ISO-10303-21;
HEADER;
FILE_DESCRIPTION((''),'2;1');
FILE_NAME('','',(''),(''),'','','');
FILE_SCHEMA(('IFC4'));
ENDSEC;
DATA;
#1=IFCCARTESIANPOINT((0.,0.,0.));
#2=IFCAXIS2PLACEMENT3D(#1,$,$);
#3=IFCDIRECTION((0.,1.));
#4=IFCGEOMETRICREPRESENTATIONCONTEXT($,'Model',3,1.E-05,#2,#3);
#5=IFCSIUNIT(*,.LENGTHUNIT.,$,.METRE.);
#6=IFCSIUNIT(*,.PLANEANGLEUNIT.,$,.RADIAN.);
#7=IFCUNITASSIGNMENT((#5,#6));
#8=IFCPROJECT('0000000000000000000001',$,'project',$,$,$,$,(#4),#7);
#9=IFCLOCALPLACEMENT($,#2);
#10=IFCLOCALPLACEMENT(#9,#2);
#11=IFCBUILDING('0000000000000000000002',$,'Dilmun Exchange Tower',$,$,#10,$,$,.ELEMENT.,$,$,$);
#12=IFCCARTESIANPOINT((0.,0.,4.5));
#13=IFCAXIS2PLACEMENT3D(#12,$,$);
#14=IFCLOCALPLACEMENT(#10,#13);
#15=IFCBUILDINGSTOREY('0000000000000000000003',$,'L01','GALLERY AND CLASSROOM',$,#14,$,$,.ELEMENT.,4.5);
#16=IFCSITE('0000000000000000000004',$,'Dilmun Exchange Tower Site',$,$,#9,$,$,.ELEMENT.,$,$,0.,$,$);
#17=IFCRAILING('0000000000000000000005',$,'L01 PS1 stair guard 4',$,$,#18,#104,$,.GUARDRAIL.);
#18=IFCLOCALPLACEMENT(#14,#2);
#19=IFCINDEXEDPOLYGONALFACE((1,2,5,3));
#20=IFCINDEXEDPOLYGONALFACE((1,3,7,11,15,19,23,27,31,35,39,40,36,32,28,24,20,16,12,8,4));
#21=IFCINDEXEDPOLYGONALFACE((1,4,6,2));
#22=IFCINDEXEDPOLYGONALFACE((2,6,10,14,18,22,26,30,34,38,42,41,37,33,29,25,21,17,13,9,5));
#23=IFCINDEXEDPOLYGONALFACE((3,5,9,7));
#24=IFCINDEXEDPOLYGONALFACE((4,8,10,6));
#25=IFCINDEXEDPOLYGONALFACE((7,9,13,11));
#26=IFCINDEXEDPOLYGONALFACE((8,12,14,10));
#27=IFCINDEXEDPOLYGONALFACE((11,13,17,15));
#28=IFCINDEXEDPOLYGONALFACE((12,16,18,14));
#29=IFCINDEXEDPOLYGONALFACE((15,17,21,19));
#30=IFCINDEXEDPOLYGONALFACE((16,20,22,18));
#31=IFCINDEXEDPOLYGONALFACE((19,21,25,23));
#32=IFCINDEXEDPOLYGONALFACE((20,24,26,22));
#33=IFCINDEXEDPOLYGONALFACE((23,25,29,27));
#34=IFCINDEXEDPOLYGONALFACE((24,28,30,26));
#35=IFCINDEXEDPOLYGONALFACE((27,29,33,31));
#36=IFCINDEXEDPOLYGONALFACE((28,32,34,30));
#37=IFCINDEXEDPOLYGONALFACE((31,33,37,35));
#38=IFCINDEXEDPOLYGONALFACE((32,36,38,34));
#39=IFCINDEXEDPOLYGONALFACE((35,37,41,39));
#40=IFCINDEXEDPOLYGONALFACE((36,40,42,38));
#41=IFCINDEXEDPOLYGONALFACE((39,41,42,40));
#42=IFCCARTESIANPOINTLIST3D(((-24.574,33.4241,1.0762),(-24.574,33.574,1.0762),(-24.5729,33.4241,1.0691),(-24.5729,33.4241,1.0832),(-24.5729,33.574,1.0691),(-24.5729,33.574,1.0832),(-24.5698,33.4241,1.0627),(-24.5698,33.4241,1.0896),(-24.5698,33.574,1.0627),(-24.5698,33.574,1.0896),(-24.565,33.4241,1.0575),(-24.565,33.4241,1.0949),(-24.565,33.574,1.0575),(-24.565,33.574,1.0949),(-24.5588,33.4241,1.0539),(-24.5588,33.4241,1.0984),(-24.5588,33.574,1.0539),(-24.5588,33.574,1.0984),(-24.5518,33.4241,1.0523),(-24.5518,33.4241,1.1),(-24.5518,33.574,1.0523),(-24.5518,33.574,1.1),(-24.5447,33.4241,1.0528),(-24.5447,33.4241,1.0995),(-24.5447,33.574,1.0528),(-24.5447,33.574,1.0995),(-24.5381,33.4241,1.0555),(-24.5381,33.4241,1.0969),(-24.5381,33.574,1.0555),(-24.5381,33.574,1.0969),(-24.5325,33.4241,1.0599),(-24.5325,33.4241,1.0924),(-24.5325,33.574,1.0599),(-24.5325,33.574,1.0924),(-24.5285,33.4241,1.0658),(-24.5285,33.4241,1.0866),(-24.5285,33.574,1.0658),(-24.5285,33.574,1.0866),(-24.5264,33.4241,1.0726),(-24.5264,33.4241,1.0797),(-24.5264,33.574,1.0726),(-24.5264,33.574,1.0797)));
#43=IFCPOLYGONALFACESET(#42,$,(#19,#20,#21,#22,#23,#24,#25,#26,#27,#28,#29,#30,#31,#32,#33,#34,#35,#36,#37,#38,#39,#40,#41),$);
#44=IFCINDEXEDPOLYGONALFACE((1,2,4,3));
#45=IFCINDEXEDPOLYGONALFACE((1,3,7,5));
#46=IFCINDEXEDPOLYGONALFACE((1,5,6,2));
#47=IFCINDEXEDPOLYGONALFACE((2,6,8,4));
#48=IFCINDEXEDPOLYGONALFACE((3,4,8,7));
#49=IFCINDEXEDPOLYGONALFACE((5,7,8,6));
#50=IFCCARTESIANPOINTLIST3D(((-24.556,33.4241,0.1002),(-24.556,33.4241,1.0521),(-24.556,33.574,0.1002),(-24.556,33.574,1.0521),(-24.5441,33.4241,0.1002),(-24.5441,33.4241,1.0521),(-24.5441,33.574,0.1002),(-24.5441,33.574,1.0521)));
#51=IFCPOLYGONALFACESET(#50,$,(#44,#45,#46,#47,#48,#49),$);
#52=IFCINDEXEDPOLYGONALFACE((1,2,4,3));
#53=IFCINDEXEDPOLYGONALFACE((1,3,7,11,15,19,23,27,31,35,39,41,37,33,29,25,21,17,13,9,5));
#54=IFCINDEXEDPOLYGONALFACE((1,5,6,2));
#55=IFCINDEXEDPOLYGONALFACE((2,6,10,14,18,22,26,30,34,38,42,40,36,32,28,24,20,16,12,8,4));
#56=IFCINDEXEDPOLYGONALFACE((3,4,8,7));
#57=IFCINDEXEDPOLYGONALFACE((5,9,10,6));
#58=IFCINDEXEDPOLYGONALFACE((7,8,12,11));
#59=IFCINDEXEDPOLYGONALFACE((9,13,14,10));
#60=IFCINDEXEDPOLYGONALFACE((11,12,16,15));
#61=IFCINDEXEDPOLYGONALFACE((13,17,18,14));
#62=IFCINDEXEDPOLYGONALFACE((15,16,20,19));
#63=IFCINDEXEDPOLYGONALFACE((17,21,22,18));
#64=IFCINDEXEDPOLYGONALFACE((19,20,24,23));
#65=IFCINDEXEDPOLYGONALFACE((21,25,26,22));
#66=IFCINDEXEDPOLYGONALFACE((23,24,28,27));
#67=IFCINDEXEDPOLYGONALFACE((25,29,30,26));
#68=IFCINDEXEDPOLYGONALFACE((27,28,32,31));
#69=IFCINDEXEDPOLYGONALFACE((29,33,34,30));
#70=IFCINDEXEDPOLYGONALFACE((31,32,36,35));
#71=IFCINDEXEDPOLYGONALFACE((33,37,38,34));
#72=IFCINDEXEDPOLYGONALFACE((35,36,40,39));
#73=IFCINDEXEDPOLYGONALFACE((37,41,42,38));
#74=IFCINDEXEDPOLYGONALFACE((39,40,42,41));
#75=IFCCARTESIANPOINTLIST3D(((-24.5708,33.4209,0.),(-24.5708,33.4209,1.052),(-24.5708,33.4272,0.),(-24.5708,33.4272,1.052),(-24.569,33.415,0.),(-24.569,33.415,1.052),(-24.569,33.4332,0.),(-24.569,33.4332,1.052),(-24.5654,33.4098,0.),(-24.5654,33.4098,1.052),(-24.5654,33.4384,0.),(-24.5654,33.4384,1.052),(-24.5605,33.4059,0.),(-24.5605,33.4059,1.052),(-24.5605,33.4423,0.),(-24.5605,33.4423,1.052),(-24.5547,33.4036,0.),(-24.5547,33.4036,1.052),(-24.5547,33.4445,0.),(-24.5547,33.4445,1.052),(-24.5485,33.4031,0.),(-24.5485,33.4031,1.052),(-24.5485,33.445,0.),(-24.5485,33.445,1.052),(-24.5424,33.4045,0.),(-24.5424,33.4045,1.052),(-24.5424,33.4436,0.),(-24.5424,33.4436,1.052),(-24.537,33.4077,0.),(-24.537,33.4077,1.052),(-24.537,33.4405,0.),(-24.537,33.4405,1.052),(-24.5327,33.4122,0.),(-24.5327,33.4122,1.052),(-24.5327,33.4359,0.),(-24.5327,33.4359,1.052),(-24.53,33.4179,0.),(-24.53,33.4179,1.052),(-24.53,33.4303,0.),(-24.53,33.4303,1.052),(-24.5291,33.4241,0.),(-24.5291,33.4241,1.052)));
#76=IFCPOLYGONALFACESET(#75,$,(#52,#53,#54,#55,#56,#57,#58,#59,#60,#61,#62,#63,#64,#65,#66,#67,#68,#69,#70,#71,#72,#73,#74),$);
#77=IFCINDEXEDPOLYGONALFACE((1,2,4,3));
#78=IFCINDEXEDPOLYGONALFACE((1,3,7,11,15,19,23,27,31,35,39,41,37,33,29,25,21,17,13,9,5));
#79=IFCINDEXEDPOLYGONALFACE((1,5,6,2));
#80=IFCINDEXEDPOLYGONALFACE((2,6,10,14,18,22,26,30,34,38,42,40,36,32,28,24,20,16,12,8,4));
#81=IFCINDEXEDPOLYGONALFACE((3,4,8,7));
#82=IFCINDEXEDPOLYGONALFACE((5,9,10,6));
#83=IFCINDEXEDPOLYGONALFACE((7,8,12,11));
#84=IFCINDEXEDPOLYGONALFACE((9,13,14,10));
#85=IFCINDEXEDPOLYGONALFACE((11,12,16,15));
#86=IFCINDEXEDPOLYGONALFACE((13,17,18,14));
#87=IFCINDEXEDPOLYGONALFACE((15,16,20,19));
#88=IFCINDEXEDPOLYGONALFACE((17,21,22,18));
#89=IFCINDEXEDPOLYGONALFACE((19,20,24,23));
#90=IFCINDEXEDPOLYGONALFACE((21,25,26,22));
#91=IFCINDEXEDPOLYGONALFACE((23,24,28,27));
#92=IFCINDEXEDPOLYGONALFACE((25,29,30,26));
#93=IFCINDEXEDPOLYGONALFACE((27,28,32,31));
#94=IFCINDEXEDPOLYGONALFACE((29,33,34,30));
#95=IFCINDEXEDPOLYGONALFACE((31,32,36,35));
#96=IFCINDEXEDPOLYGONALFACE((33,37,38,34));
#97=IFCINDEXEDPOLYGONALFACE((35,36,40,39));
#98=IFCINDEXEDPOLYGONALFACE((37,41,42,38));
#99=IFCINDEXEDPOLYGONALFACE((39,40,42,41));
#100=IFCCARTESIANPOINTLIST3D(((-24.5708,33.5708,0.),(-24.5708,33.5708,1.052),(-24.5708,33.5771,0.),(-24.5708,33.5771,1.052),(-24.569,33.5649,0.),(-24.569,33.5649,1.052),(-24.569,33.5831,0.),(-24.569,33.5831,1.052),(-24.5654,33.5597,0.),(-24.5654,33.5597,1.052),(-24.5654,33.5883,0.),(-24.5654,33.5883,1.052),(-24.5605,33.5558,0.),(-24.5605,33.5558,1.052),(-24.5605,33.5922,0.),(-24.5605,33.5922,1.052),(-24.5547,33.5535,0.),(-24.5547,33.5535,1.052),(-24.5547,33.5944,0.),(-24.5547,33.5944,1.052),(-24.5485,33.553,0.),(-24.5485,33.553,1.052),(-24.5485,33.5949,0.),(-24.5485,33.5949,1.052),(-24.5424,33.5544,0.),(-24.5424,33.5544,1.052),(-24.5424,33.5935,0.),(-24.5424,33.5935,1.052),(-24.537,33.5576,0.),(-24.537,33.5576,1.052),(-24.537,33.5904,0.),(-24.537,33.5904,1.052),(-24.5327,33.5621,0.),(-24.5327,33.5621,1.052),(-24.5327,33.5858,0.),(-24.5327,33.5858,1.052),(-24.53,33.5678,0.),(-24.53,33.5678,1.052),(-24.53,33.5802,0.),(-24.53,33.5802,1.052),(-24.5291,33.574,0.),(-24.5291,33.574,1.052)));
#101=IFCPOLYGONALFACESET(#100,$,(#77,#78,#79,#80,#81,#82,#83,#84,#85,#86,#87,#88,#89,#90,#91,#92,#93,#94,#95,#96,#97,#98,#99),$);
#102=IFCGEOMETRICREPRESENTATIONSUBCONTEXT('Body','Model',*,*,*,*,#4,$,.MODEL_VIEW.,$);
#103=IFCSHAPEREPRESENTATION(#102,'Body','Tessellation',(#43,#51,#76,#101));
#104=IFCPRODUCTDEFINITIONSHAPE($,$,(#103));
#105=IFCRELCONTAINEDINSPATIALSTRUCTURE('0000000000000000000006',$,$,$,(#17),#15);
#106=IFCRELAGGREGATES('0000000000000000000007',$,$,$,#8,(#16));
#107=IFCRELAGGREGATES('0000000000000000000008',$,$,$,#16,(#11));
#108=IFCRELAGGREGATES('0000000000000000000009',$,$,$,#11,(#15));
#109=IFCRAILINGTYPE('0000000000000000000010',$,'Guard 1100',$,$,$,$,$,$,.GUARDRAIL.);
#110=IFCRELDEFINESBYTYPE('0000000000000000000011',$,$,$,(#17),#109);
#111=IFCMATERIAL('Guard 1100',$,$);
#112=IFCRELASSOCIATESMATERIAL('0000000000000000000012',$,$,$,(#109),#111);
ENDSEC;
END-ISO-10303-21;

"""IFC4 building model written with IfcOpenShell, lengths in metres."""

from ifc_helpers import new_model, si_unit, direction, frame, origin, origin_2d, place, context, subcontext, project, spatial, rectangle, circle, extrude, material, type_object, element, save


model = new_model("IFC4")

# Units and contexts
model_context = context("Model", 3, precision=1e-05, world=origin(), true_north=direction((0.0, 1.0)))
body_context = subcontext(model_context, "Body", "Model", "MODEL_VIEW")
ifc_project = project(units=[si_unit("LENGTHUNIT", "METRE"), si_unit("PLANEANGLEUNIT", "RADIAN")], contexts=[model_context])

# Site, building, storey
site_placement = place(None, origin())
site = spatial("IfcSite", under=ifc_project, at=site_placement, Name="Dilmun Exchange Tower Site", CompositionType="ELEMENT", RefElevation=0.0)
building_placement = place(site_placement, origin())
building = spatial("IfcBuilding", under=site, at=building_placement, Name="Dilmun Exchange Tower", CompositionType="ELEMENT")
storey_placement = place(building_placement, frame((0.0, 0.0, 4.5)))
storey = spatial("IfcBuildingStorey", under=building, at=storey_placement, Name="L01", Description="GALLERY AND CLASSROOM", CompositionType="ELEMENT", Elevation=4.5)

# Railing
ifc_material_1 = material(Name="Guard 1100")
railing_type_1 = type_object("IfcRailingType", Name="Guard 1100", PredefinedType="GUARDRAIL", material=ifc_material_1)
railing_1_placement = place(storey_placement, frame((-24.55, 33.4241, 0.0)))
element("IfcRailing", 1, at=railing_1_placement, inside=storey, type_object=railing_type_1, Name="L01 PS1 stair guard 4", PredefinedType="GUARDRAIL", context=body_context, shape_type="SweptSolid", body=[
    extrude(circle(Radius=0.0239, at=origin_2d()), frame((0.0, 0.0, 1.0762), z_axis=(0.0, 1.0, 0.0), x_axis=(-1.0, 0.0, 0.0)), (0.0, 0.0, 1.0), 0.1499),
    extrude(rectangle(XDim=0.012, YDim=0.9519, at=origin_2d()), frame((0.0, 0.0, 0.5762), z_axis=(0.0, 1.0, 0.0), x_axis=(-1.0, 0.0, 0.0)), (0.0, 0.0, 1.0), 0.1499),
    extrude(circle(Radius=0.021, at=origin_2d()), origin(), (0.0, 0.0, 1.0), 1.052),
    extrude(circle(Radius=0.021, at=origin_2d()), frame((0.0, 0.1499, 0.0)), (0.0, 0.0, 1.0), 1.052),
])

save(model, "model.ifc")
